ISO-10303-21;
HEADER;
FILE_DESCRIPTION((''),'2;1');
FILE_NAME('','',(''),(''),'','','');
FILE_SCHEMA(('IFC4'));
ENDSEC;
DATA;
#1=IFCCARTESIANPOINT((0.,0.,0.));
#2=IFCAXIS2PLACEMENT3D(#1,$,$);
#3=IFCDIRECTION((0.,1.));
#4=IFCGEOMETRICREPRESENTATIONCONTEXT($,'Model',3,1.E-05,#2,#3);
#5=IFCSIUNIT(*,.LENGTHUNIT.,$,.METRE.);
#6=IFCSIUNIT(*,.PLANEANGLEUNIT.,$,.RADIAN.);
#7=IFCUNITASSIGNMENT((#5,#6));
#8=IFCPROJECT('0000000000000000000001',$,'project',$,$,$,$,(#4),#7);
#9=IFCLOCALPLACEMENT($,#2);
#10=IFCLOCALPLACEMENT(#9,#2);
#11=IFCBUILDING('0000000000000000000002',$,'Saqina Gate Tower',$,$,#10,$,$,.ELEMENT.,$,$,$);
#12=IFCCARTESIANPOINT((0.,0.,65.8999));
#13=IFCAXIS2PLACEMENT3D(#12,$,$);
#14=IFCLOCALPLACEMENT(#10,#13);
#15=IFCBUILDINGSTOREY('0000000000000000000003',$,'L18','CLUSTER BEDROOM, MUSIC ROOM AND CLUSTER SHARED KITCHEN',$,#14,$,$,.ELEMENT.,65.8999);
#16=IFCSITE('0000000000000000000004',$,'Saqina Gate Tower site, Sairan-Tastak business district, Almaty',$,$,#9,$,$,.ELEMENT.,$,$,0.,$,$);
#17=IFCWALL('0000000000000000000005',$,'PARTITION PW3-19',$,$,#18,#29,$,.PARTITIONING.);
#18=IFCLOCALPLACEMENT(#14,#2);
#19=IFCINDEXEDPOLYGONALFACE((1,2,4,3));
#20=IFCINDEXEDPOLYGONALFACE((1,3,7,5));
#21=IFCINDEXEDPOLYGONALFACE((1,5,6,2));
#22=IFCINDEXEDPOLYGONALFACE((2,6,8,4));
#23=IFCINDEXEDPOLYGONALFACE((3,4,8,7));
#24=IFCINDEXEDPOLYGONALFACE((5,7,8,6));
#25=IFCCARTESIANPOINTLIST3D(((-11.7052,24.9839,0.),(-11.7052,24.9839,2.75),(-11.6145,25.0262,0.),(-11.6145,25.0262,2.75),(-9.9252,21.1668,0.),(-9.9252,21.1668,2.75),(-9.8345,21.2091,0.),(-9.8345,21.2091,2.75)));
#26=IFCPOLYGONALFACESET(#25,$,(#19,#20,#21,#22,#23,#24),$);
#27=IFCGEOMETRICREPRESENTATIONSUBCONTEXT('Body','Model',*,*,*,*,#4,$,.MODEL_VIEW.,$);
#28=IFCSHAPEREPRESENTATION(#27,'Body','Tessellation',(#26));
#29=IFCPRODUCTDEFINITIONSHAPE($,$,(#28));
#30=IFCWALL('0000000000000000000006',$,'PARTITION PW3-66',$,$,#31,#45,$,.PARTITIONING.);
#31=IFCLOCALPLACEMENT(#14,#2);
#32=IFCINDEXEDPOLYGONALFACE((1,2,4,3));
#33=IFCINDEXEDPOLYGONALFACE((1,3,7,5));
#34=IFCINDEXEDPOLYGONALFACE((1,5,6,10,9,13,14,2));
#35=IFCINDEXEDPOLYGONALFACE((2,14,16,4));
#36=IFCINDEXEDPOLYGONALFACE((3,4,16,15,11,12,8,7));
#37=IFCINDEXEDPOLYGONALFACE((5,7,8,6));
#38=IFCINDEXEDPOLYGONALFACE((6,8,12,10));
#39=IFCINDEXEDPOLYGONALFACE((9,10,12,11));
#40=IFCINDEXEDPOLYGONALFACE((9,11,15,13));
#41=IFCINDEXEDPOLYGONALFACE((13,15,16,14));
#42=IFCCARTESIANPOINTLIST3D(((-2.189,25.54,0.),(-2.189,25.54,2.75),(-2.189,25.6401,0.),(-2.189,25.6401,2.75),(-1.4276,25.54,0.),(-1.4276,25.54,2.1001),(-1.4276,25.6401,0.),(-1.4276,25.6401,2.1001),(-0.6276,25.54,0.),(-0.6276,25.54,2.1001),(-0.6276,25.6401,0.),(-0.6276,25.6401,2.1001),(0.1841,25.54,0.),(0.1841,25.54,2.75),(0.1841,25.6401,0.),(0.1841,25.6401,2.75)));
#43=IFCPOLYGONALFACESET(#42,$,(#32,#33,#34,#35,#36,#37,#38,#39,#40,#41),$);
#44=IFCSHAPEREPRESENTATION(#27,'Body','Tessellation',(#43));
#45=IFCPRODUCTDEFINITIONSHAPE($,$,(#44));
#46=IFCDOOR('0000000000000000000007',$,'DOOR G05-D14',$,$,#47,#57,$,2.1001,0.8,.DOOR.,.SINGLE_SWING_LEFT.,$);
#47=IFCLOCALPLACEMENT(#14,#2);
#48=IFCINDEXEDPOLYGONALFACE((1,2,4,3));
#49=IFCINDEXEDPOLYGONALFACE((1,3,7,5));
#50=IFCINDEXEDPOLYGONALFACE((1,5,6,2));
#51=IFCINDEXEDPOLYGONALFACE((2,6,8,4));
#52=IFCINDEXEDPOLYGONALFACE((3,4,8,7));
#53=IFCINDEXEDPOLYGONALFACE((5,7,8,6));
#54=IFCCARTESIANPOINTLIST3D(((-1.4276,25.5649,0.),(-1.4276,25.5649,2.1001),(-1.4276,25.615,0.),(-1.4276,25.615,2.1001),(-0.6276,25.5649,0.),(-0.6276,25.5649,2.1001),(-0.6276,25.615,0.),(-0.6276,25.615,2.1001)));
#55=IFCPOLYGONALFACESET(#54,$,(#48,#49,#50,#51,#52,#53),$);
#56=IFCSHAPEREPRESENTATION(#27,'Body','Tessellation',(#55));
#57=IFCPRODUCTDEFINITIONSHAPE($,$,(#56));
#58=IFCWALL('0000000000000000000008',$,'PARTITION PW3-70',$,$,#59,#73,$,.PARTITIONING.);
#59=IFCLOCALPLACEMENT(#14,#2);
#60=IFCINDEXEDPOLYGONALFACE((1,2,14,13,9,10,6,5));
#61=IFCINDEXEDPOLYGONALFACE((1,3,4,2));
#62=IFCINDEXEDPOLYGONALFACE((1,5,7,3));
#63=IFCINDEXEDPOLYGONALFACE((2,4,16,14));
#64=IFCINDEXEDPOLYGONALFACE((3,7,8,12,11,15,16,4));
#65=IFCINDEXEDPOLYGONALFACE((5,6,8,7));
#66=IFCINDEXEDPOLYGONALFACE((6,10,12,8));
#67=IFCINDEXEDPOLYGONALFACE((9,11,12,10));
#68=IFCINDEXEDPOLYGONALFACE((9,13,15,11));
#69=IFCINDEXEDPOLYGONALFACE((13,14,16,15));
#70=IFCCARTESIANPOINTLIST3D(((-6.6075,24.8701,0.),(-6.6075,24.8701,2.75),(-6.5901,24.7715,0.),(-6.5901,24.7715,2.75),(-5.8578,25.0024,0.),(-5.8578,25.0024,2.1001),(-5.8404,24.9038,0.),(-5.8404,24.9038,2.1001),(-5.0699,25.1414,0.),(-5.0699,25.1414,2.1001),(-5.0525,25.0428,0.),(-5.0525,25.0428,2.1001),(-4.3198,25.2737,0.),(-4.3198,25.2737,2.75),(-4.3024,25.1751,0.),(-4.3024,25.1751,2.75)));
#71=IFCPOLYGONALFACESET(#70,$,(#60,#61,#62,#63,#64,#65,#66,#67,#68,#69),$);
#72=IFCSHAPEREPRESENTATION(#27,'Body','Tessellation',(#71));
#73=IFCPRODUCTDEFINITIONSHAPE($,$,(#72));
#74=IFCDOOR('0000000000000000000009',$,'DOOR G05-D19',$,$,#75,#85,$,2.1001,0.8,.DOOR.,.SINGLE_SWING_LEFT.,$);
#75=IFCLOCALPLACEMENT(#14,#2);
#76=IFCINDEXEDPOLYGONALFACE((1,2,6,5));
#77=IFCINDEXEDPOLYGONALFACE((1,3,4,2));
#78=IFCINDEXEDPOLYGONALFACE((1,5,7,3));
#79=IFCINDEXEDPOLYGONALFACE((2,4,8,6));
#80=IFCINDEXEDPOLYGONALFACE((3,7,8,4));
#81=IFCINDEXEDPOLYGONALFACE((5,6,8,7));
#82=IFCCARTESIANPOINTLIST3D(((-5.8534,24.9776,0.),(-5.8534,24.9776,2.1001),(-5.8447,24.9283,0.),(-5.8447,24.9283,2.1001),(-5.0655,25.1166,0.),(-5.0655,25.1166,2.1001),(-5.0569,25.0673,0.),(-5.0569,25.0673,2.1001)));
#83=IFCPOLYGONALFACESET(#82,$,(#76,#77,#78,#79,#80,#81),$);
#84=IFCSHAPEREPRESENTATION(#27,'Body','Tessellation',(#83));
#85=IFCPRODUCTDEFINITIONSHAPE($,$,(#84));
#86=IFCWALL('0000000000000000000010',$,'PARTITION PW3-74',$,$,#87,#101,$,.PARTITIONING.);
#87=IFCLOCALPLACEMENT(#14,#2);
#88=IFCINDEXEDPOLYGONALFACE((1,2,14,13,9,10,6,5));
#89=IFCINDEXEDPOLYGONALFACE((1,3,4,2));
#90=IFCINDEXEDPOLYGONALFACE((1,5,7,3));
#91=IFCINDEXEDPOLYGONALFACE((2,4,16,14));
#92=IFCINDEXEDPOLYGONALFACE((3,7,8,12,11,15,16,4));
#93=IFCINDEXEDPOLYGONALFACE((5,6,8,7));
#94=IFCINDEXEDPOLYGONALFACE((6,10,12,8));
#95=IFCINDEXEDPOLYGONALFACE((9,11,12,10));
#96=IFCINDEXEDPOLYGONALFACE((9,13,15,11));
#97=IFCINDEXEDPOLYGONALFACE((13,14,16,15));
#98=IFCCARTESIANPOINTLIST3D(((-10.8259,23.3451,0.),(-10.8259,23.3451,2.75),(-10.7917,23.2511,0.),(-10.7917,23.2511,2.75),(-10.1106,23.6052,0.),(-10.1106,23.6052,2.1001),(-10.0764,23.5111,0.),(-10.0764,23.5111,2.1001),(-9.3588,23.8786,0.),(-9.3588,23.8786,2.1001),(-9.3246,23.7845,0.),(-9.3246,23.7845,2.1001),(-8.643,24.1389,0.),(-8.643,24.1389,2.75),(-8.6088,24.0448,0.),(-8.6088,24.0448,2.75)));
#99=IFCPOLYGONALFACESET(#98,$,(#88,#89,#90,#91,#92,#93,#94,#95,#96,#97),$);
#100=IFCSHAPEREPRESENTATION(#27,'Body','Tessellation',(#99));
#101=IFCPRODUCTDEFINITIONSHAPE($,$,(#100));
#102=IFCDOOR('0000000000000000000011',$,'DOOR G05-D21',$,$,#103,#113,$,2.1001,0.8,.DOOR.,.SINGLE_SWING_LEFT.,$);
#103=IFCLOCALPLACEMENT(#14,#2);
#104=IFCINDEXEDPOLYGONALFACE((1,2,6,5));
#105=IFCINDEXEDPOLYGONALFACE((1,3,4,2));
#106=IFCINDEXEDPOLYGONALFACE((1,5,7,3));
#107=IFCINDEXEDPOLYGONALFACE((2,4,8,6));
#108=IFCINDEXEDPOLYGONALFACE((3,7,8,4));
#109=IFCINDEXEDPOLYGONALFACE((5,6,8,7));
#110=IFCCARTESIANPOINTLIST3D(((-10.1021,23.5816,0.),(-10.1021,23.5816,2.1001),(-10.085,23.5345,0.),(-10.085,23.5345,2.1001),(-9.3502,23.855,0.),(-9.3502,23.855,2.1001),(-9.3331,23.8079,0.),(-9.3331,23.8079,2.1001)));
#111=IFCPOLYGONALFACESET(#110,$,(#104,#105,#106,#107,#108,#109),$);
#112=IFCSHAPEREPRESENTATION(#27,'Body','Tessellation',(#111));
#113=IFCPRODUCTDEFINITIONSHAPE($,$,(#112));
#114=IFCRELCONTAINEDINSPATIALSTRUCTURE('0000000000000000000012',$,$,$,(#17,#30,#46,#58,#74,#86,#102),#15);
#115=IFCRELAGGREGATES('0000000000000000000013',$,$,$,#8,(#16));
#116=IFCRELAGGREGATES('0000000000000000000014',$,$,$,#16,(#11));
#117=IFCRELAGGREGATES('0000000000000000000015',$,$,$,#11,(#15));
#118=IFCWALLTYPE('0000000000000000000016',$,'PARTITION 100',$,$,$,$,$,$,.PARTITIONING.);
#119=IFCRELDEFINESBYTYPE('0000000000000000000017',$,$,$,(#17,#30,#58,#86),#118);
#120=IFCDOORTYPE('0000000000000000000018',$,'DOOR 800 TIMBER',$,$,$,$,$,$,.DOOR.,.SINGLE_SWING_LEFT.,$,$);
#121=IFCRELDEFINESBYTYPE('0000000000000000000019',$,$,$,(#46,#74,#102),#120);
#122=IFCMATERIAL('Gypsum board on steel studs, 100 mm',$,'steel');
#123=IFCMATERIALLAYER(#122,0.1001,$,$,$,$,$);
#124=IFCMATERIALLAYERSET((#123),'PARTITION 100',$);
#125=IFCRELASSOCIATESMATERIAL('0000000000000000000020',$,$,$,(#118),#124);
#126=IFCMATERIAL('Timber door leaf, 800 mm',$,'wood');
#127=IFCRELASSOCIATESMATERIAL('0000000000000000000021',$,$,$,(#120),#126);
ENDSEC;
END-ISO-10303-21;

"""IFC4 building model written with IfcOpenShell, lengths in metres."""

from ifc_helpers import new_model, si_unit, direction, frame, frame_2d, origin, place, context, subcontext, project, spatial, rectangle, extrude, material, layer, layer_set, type_object, element, fill, save


model = new_model("IFC4")

# Units and contexts
model_context = context("Model", 3, precision=1e-05, world=origin(), true_north=direction((0.0, 1.0)))
body_context = subcontext(model_context, "Body", "Model", "MODEL_VIEW")
ifc_project = project(units=[si_unit("LENGTHUNIT", "METRE"), si_unit("PLANEANGLEUNIT", "RADIAN")], contexts=[model_context])

# Site, building, storey
site_placement = place(None, origin())
site = spatial("IfcSite", under=ifc_project, at=site_placement, Name="Saqina Gate Tower site, Sairan-Tastak business district, Almaty", CompositionType="ELEMENT", RefElevation=0.0)
building_placement = place(site_placement, origin())
building = spatial("IfcBuilding", under=site, at=building_placement, Name="Saqina Gate Tower", CompositionType="ELEMENT")
storey_placement = place(building_placement, frame((0.0, 0.0, 65.8999)))
storey = spatial("IfcBuildingStorey", under=building, at=storey_placement, Name="L18", Description="CLUSTER BEDROOM, MUSIC ROOM AND CLUSTER SHARED KITCHEN", CompositionType="ELEMENT", Elevation=65.8999)

# Wall
ifc_material_1 = material(Name="Gypsum board on steel studs, 100 mm", Category="steel")
ifc_layer_1 = layer(ifc_material_1, 0.1001)
ifc_layer_set_1 = layer_set([ifc_layer_1], Name="PARTITION 100")
wall_type_1 = type_object("IfcWallType", Name="PARTITION 100", PredefinedType="PARTITIONING", material=ifc_layer_set_1)
wall_1_placement = place(storey_placement, frame((-11.6599, 25.0051, 0.0), z_axis=(0.0, 0.0, 1.0), x_axis=(0.422632, -0.906302, 0.0)))
element("IfcWall", 1, at=wall_1_placement, inside=storey, type_object=wall_type_1, Name="PARTITION PW3-19", PredefinedType="PARTITIONING", context=body_context, shape_type="SweptSolid", body=[
    extrude(rectangle(XDim=4.2117, YDim=0.1001, at=frame_2d((2.106, 0.0))), origin(), (0.0, 0.0, 1.0), 2.75),
])

# Walls, openings, doors
wall_2_placement = place(storey_placement, frame((-2.189, 25.5901, 0.0), z_axis=(0.0, 0.0, 1.0), x_axis=(1.0, 0.0, 0.0)))
wall_2 = element("IfcWall", 2, at=wall_2_placement, inside=storey, type_object=wall_type_1, Name="PARTITION PW3-66", PredefinedType="PARTITIONING", context=body_context, shape_type="SweptSolid", body=[
    extrude(rectangle(XDim=2.373, YDim=0.1001, at=frame_2d((1.1865, 0.0))), origin(), (0.0, 0.0, 1.0), 2.75),
])
opening_1_placement = place(wall_2_placement, frame((0.7615, 0.0, 0.0)))
opening_1 = element("IfcOpeningElement", 3, at=opening_1_placement, cuts=wall_2, PredefinedType="OPENING", context=body_context, shape_type="SweptSolid", body=[
    extrude(rectangle(XDim=0.8, YDim=2.1001, at=frame_2d((0.3999, 1.05))), frame((0.0, 0.062, 0.0), z_axis=(0.0, -1.0, 0.0), x_axis=(1.0, 0.0, 0.0)), (0.0, 0.0, 1.0), 0.124),
])
ifc_material_2 = material(Name="Timber door leaf, 800 mm", Category="wood")
door_type = type_object("IfcDoorType", Name="DOOR 800 TIMBER", OperationType="SINGLE_SWING_LEFT", PredefinedType="DOOR", material=ifc_material_2)
door_1_placement = place(opening_1_placement, origin())
door_1 = element("IfcDoor", 4, at=door_1_placement, inside=storey, type_object=door_type, Name="DOOR G05-D14", OperationType="SINGLE_SWING_LEFT", OverallHeight=2.1001, OverallWidth=0.8, PredefinedType="DOOR", context=body_context, shape_type="SweptSolid", body=[
    extrude(rectangle(XDim=0.8, YDim=2.1001, at=frame_2d((0.3999, 1.05))), frame((0.0, 0.0249, 0.0), z_axis=(0.0, -1.0, 0.0), x_axis=(1.0, 0.0, 0.0)), (0.0, 0.0, 1.0), 0.05),
])
fill(opening_1, door_1)
wall_3_placement = place(storey_placement, frame((-6.5989, 24.8208, 0.0), z_axis=(0.0, 0.0, 1.0), x_axis=(0.984793, 0.173731, 0.0)))
wall_3 = element("IfcWall", 5, at=wall_3_placement, inside=storey, type_object=wall_type_1, Name="PARTITION PW3-70", PredefinedType="PARTITIONING", context=body_context, shape_type="SweptSolid", body=[
    extrude(rectangle(XDim=2.323, YDim=0.1001, at=frame_2d((1.1616, 0.0))), origin(), (0.0, 0.0, 1.0), 2.75),
])
opening_2_placement = place(wall_3_placement, frame((0.7615, 0.0, 0.0)))
opening_2 = element("IfcOpeningElement", 6, at=opening_2_placement, cuts=wall_3, PredefinedType="OPENING", context=body_context, shape_type="SweptSolid", body=[
    extrude(rectangle(XDim=0.8, YDim=2.1001, at=frame_2d((0.3999, 1.05))), frame((0.0, 0.062, 0.0), z_axis=(0.0, -1.0, 0.0), x_axis=(1.0, 0.0, 0.0)), (0.0, 0.0, 1.0), 0.124),
])
door_2_placement = place(opening_2_placement, origin())
door_2 = element("IfcDoor", 7, at=door_2_placement, inside=storey, type_object=door_type, Name="DOOR G05-D19", OperationType="SINGLE_SWING_LEFT", OverallHeight=2.1001, OverallWidth=0.8, PredefinedType="DOOR", context=body_context, shape_type="SweptSolid", body=[
    extrude(rectangle(XDim=0.8, YDim=2.1001, at=frame_2d((0.3999, 1.05))), frame((0.0, 0.0249, 0.0), z_axis=(0.0, -1.0, 0.0), x_axis=(1.0, 0.0, 0.0)), (0.0, 0.0, 1.0), 0.05),
])
fill(opening_2, door_2)
wall_4_placement = place(storey_placement, frame((-10.8088, 23.2981, 0.0), z_axis=(0.0, 0.0, 1.0), x_axis=(0.939803, 0.341718, 0.0)))
wall_4 = element("IfcWall", 8, at=wall_4_placement, inside=storey, type_object=wall_type_1, Name="PARTITION PW3-74", PredefinedType="PARTITIONING", context=body_context, shape_type="SweptSolid", body=[
    extrude(rectangle(XDim=2.3228, YDim=0.1001, at=frame_2d((1.1614, 0.0))), origin(), (0.0, 0.0, 1.0), 2.75),
])
opening_3_placement = place(wall_4_placement, frame((0.7612, 0.0, 0.0)))
opening_3 = element("IfcOpeningElement", 9, at=opening_3_placement, cuts=wall_4, PredefinedType="OPENING", context=body_context, shape_type="SweptSolid", body=[
    extrude(rectangle(XDim=0.8, YDim=2.1001, at=frame_2d((0.3999, 1.05))), frame((0.0, 0.062, 0.0), z_axis=(0.0, -1.0, 0.0), x_axis=(1.0, 0.0, 0.0)), (0.0, 0.0, 1.0), 0.124),
])
door_3_placement = place(opening_3_placement, origin())
door_3 = element("IfcDoor", 10, at=door_3_placement, inside=storey, type_object=door_type, Name="DOOR G05-D21", OperationType="SINGLE_SWING_LEFT", OverallHeight=2.1001, OverallWidth=0.8, PredefinedType="DOOR", context=body_context, shape_type="SweptSolid", body=[
    extrude(rectangle(XDim=0.8, YDim=2.1001, at=frame_2d((0.3999, 1.05))), frame((0.0, 0.0249, 0.0), z_axis=(0.0, -1.0, 0.0), x_axis=(1.0, 0.0, 0.0)), (0.0, 0.0, 1.0), 0.05),
])
fill(opening_3, door_3)

save(model, "model.ifc")
